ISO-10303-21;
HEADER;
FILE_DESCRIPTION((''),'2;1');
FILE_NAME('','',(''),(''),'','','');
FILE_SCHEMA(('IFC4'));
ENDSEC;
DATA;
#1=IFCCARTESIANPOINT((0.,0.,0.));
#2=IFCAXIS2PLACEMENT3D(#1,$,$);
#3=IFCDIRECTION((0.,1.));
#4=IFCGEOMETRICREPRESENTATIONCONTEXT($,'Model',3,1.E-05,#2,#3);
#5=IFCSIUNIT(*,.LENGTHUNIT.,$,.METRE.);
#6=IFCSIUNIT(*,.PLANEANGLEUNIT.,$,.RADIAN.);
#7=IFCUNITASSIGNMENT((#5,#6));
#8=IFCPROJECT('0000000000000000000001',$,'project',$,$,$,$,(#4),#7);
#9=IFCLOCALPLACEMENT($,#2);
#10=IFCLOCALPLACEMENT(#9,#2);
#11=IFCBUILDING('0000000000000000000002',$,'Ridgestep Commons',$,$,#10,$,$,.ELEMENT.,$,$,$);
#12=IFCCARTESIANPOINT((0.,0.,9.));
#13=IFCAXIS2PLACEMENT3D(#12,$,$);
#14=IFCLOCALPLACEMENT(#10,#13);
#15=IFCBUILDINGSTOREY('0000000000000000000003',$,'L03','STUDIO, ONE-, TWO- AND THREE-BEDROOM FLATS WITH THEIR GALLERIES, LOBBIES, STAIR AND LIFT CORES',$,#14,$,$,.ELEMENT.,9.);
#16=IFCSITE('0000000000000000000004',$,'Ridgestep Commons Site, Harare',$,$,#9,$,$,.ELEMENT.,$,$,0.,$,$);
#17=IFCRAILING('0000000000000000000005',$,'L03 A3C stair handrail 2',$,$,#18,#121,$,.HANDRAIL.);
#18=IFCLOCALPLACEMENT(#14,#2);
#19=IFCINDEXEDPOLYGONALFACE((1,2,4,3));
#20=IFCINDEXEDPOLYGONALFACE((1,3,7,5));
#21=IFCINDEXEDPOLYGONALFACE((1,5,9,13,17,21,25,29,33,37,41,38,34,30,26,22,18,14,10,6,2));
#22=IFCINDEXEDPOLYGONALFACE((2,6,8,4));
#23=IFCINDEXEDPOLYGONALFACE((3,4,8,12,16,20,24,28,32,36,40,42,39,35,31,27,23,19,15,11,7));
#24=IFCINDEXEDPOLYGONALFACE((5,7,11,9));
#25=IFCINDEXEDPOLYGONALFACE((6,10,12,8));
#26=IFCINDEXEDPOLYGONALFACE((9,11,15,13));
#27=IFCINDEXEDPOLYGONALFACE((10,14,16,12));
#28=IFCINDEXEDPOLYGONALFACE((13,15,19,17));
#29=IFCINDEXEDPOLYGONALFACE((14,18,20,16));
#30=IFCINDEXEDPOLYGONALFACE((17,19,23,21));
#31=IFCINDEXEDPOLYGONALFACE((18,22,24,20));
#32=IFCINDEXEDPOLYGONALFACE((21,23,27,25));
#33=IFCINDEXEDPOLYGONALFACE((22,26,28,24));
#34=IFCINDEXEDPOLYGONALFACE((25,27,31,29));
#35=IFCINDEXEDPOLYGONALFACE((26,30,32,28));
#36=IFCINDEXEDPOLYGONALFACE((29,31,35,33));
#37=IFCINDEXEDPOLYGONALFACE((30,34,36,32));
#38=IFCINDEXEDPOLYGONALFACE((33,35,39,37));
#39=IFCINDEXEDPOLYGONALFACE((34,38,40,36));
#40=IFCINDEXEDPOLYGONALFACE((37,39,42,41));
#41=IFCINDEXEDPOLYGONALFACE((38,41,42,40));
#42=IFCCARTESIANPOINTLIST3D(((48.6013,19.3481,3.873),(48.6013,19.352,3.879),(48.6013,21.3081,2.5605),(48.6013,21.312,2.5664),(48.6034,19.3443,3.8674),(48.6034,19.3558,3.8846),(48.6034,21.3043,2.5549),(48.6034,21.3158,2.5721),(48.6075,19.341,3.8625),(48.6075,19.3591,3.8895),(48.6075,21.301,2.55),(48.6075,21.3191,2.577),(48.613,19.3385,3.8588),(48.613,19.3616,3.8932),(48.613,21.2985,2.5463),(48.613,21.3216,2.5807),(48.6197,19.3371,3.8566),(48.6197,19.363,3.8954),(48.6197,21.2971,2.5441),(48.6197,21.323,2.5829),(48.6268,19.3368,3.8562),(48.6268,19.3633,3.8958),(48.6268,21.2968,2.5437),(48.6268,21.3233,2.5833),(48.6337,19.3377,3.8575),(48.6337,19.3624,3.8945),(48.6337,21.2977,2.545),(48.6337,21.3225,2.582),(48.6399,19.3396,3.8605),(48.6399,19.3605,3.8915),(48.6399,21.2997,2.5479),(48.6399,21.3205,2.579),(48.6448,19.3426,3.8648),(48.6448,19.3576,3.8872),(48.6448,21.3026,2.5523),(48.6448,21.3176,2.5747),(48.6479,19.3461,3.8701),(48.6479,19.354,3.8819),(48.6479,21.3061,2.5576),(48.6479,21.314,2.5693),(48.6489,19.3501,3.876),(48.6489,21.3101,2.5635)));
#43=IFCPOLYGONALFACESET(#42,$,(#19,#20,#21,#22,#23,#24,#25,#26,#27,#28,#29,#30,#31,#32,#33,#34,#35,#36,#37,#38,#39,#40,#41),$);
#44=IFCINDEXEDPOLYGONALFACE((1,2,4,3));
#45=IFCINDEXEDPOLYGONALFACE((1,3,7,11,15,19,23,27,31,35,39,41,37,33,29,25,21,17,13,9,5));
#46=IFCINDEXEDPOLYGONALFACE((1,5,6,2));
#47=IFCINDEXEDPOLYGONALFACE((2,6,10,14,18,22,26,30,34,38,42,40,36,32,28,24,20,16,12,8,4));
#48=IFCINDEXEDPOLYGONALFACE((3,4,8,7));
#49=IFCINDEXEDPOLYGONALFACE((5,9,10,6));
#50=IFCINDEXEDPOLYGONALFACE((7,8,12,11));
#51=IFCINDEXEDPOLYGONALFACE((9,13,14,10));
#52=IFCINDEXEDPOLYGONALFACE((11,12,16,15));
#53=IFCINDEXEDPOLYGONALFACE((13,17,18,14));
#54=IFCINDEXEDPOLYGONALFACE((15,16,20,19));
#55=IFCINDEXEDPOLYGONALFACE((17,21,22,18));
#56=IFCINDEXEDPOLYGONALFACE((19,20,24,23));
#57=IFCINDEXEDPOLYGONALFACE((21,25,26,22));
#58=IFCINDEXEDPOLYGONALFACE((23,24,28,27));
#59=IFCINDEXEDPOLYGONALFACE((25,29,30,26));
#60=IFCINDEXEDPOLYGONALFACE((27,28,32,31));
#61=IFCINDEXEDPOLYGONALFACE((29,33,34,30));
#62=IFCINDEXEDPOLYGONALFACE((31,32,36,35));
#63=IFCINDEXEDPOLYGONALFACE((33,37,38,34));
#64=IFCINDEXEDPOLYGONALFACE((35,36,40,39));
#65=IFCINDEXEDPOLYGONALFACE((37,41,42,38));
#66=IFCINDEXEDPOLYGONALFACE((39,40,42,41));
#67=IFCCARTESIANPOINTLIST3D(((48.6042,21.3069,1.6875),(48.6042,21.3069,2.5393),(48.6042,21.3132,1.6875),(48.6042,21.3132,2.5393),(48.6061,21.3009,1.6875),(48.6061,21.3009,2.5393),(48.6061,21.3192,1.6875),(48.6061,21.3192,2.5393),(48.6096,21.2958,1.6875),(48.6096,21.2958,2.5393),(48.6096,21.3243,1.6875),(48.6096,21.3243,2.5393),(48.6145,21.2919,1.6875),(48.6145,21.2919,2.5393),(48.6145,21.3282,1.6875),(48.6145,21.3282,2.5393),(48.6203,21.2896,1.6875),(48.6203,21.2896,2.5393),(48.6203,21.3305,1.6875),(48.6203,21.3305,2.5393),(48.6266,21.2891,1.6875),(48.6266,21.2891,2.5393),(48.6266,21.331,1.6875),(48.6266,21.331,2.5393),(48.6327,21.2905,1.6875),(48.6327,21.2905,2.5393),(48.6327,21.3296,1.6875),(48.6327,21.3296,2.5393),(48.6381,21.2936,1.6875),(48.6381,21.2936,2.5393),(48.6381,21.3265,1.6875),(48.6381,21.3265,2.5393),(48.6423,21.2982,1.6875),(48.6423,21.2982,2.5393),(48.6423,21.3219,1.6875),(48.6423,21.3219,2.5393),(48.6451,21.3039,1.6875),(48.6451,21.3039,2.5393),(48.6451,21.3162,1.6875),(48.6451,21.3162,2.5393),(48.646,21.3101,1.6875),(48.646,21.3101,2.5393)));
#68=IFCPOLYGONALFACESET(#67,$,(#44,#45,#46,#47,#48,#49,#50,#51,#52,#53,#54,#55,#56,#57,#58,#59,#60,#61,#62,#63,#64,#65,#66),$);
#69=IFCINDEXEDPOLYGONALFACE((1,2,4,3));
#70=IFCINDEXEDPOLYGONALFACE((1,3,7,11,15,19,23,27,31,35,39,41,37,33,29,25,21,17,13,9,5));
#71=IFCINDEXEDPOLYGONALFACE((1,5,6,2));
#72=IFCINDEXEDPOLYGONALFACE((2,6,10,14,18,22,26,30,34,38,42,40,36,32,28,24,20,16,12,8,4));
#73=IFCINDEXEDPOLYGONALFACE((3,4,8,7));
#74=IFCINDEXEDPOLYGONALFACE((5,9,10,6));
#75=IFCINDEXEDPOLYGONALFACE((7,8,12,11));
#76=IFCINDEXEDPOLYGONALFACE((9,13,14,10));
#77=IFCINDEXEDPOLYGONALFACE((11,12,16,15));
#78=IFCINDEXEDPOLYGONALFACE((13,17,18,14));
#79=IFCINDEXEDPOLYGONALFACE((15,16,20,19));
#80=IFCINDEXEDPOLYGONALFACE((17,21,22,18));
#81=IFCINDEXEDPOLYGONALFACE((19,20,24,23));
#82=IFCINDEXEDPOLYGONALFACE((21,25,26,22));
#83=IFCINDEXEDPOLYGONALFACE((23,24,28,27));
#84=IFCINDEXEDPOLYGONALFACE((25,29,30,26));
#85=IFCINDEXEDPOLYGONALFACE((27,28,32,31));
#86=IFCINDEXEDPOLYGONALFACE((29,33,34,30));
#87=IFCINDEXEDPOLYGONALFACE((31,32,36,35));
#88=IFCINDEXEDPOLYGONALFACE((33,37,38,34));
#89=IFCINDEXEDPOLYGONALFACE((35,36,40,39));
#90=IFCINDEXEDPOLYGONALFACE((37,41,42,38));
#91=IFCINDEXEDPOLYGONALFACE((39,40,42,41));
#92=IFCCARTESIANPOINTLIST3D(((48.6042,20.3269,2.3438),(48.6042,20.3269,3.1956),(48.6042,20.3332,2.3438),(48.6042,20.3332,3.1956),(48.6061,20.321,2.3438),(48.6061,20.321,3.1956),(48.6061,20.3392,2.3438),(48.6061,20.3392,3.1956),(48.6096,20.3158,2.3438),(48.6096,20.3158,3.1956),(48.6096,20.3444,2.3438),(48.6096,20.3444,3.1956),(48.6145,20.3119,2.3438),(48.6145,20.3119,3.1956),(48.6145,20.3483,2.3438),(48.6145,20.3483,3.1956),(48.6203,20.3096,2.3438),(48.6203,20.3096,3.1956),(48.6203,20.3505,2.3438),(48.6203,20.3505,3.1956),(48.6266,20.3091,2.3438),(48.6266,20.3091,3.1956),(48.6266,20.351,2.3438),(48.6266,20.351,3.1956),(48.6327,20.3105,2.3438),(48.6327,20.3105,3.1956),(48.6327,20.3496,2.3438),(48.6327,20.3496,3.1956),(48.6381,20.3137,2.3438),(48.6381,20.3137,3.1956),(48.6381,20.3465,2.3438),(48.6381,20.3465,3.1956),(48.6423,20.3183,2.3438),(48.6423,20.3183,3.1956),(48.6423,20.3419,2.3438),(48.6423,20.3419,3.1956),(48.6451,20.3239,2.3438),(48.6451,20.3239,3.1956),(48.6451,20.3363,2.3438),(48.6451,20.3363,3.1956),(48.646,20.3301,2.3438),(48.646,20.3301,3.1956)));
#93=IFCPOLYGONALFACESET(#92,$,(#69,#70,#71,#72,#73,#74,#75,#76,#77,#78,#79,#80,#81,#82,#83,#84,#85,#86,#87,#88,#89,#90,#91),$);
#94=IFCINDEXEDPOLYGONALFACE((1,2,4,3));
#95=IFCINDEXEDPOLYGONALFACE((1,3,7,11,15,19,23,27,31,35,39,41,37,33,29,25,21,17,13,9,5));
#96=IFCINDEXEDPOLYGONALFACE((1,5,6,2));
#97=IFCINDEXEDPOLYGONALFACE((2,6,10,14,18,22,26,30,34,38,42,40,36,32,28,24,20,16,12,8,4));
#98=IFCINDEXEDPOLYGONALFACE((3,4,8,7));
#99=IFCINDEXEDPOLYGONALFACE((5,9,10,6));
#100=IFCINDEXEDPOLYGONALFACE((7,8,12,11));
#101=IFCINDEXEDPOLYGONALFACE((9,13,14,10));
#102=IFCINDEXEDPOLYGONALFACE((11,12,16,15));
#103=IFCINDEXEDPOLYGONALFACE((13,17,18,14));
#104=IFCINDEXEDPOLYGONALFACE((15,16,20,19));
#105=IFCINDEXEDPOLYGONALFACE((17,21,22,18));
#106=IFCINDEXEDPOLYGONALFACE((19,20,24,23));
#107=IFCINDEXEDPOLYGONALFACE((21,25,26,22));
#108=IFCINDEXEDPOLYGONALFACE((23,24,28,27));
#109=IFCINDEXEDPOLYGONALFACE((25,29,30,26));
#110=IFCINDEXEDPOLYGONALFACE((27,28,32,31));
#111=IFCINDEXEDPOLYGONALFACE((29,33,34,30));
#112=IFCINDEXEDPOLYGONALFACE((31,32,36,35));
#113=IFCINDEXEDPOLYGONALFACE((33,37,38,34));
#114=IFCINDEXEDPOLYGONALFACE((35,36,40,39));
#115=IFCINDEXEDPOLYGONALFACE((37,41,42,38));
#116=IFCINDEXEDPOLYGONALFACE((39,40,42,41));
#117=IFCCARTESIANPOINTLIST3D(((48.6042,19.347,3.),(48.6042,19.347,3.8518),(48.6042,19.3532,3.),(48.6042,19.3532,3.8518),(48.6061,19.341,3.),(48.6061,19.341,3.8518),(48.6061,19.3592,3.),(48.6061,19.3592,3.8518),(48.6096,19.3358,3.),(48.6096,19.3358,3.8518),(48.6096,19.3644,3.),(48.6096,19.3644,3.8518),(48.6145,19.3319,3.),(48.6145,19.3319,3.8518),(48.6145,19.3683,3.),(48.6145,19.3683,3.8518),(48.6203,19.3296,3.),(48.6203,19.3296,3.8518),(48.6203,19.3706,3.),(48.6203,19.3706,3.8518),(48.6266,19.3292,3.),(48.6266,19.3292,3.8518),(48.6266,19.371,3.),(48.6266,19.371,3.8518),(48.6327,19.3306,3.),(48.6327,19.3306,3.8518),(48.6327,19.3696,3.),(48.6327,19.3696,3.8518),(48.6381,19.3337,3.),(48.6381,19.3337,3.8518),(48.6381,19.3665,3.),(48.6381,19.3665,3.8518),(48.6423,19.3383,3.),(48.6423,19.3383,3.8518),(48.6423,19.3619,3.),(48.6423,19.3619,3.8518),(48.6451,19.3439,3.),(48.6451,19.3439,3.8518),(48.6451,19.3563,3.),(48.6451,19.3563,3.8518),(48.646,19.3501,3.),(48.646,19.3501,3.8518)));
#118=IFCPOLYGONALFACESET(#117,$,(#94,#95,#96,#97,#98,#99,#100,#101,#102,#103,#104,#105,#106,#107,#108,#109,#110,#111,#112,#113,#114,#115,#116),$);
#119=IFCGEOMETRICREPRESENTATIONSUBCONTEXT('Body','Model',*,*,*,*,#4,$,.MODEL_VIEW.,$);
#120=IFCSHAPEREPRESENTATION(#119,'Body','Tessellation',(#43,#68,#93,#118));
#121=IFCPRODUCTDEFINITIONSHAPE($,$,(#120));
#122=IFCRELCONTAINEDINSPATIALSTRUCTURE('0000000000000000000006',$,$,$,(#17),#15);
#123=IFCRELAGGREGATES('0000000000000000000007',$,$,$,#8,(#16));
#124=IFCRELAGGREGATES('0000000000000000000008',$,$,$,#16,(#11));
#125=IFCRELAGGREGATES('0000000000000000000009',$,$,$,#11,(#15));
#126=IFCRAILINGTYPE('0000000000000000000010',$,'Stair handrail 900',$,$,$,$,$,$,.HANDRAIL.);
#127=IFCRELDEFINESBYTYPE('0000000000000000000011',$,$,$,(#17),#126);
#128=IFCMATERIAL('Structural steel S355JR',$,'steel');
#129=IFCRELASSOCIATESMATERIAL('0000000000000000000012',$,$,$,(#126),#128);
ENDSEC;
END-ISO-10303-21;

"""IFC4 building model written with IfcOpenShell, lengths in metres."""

from ifc_helpers import new_model, si_unit, direction, frame, origin, origin_2d, place, context, subcontext, project, spatial, circle, extrude, material, type_object, element, save


model = new_model("IFC4")

# Units and contexts
model_context = context("Model", 3, precision=1e-05, world=origin(), true_north=direction((0.0, 1.0)))
body_context = subcontext(model_context, "Body", "Model", "MODEL_VIEW")
ifc_project = project(units=[si_unit("LENGTHUNIT", "METRE"), si_unit("PLANEANGLEUNIT", "RADIAN")], contexts=[model_context])

# Site, building, storey
site_placement = place(None, origin())
site = spatial("IfcSite", under=ifc_project, at=site_placement, Name="Ridgestep Commons Site, Harare", CompositionType="ELEMENT", RefElevation=0.0)
building_placement = place(site_placement, origin())
building = spatial("IfcBuilding", under=site, at=building_placement, Name="Ridgestep Commons", CompositionType="ELEMENT")
storey_placement = place(building_placement, frame((0.0, 0.0, 9.0)))
storey = spatial("IfcBuildingStorey", under=building, at=storey_placement, Name="L03", Description="STUDIO, ONE-, TWO- AND THREE-BEDROOM FLATS WITH THEIR GALLERIES, LOBBIES, STAIR AND LIFT CORES", CompositionType="ELEMENT", Elevation=9.0)

# Railing
ifc_material_1 = material(Name="Structural steel S355JR", Category="steel")
railing_type_1 = type_object("IfcRailingType", Name="Stair handrail 900", PredefinedType="HANDRAIL", material=ifc_material_1)
railing_1_placement = place(storey_placement, frame((48.625, 21.3101, 1.6875)))
element("IfcRailing", 1, at=railing_1_placement, inside=storey, type_object=railing_type_1, Name="L03 A3C stair handrail 2", PredefinedType="HANDRAIL", context=body_context, shape_type="SweptSolid", body=[
    extrude(circle(Radius=0.0239, at=origin_2d()), frame((0.0, 0.0, 0.876), z_axis=(0.0, -0.830902, 0.556419), x_axis=(1.0, 0.0, 0.0)), (0.0, 0.0, 1.0), 2.3589),
    extrude(circle(Radius=0.021, at=origin_2d()), origin(), (0.0, 0.0, 1.0), 0.8518),
    extrude(circle(Radius=0.021, at=origin_2d()), frame((0.0, -0.98, 0.6562)), (0.0, 0.0, 1.0), 0.8518),
    extrude(circle(Radius=0.021, at=origin_2d()), frame((0.0, -1.96, 1.3125)), (0.0, 0.0, 1.0), 0.8518),
])

save(model, "model.ifc")
